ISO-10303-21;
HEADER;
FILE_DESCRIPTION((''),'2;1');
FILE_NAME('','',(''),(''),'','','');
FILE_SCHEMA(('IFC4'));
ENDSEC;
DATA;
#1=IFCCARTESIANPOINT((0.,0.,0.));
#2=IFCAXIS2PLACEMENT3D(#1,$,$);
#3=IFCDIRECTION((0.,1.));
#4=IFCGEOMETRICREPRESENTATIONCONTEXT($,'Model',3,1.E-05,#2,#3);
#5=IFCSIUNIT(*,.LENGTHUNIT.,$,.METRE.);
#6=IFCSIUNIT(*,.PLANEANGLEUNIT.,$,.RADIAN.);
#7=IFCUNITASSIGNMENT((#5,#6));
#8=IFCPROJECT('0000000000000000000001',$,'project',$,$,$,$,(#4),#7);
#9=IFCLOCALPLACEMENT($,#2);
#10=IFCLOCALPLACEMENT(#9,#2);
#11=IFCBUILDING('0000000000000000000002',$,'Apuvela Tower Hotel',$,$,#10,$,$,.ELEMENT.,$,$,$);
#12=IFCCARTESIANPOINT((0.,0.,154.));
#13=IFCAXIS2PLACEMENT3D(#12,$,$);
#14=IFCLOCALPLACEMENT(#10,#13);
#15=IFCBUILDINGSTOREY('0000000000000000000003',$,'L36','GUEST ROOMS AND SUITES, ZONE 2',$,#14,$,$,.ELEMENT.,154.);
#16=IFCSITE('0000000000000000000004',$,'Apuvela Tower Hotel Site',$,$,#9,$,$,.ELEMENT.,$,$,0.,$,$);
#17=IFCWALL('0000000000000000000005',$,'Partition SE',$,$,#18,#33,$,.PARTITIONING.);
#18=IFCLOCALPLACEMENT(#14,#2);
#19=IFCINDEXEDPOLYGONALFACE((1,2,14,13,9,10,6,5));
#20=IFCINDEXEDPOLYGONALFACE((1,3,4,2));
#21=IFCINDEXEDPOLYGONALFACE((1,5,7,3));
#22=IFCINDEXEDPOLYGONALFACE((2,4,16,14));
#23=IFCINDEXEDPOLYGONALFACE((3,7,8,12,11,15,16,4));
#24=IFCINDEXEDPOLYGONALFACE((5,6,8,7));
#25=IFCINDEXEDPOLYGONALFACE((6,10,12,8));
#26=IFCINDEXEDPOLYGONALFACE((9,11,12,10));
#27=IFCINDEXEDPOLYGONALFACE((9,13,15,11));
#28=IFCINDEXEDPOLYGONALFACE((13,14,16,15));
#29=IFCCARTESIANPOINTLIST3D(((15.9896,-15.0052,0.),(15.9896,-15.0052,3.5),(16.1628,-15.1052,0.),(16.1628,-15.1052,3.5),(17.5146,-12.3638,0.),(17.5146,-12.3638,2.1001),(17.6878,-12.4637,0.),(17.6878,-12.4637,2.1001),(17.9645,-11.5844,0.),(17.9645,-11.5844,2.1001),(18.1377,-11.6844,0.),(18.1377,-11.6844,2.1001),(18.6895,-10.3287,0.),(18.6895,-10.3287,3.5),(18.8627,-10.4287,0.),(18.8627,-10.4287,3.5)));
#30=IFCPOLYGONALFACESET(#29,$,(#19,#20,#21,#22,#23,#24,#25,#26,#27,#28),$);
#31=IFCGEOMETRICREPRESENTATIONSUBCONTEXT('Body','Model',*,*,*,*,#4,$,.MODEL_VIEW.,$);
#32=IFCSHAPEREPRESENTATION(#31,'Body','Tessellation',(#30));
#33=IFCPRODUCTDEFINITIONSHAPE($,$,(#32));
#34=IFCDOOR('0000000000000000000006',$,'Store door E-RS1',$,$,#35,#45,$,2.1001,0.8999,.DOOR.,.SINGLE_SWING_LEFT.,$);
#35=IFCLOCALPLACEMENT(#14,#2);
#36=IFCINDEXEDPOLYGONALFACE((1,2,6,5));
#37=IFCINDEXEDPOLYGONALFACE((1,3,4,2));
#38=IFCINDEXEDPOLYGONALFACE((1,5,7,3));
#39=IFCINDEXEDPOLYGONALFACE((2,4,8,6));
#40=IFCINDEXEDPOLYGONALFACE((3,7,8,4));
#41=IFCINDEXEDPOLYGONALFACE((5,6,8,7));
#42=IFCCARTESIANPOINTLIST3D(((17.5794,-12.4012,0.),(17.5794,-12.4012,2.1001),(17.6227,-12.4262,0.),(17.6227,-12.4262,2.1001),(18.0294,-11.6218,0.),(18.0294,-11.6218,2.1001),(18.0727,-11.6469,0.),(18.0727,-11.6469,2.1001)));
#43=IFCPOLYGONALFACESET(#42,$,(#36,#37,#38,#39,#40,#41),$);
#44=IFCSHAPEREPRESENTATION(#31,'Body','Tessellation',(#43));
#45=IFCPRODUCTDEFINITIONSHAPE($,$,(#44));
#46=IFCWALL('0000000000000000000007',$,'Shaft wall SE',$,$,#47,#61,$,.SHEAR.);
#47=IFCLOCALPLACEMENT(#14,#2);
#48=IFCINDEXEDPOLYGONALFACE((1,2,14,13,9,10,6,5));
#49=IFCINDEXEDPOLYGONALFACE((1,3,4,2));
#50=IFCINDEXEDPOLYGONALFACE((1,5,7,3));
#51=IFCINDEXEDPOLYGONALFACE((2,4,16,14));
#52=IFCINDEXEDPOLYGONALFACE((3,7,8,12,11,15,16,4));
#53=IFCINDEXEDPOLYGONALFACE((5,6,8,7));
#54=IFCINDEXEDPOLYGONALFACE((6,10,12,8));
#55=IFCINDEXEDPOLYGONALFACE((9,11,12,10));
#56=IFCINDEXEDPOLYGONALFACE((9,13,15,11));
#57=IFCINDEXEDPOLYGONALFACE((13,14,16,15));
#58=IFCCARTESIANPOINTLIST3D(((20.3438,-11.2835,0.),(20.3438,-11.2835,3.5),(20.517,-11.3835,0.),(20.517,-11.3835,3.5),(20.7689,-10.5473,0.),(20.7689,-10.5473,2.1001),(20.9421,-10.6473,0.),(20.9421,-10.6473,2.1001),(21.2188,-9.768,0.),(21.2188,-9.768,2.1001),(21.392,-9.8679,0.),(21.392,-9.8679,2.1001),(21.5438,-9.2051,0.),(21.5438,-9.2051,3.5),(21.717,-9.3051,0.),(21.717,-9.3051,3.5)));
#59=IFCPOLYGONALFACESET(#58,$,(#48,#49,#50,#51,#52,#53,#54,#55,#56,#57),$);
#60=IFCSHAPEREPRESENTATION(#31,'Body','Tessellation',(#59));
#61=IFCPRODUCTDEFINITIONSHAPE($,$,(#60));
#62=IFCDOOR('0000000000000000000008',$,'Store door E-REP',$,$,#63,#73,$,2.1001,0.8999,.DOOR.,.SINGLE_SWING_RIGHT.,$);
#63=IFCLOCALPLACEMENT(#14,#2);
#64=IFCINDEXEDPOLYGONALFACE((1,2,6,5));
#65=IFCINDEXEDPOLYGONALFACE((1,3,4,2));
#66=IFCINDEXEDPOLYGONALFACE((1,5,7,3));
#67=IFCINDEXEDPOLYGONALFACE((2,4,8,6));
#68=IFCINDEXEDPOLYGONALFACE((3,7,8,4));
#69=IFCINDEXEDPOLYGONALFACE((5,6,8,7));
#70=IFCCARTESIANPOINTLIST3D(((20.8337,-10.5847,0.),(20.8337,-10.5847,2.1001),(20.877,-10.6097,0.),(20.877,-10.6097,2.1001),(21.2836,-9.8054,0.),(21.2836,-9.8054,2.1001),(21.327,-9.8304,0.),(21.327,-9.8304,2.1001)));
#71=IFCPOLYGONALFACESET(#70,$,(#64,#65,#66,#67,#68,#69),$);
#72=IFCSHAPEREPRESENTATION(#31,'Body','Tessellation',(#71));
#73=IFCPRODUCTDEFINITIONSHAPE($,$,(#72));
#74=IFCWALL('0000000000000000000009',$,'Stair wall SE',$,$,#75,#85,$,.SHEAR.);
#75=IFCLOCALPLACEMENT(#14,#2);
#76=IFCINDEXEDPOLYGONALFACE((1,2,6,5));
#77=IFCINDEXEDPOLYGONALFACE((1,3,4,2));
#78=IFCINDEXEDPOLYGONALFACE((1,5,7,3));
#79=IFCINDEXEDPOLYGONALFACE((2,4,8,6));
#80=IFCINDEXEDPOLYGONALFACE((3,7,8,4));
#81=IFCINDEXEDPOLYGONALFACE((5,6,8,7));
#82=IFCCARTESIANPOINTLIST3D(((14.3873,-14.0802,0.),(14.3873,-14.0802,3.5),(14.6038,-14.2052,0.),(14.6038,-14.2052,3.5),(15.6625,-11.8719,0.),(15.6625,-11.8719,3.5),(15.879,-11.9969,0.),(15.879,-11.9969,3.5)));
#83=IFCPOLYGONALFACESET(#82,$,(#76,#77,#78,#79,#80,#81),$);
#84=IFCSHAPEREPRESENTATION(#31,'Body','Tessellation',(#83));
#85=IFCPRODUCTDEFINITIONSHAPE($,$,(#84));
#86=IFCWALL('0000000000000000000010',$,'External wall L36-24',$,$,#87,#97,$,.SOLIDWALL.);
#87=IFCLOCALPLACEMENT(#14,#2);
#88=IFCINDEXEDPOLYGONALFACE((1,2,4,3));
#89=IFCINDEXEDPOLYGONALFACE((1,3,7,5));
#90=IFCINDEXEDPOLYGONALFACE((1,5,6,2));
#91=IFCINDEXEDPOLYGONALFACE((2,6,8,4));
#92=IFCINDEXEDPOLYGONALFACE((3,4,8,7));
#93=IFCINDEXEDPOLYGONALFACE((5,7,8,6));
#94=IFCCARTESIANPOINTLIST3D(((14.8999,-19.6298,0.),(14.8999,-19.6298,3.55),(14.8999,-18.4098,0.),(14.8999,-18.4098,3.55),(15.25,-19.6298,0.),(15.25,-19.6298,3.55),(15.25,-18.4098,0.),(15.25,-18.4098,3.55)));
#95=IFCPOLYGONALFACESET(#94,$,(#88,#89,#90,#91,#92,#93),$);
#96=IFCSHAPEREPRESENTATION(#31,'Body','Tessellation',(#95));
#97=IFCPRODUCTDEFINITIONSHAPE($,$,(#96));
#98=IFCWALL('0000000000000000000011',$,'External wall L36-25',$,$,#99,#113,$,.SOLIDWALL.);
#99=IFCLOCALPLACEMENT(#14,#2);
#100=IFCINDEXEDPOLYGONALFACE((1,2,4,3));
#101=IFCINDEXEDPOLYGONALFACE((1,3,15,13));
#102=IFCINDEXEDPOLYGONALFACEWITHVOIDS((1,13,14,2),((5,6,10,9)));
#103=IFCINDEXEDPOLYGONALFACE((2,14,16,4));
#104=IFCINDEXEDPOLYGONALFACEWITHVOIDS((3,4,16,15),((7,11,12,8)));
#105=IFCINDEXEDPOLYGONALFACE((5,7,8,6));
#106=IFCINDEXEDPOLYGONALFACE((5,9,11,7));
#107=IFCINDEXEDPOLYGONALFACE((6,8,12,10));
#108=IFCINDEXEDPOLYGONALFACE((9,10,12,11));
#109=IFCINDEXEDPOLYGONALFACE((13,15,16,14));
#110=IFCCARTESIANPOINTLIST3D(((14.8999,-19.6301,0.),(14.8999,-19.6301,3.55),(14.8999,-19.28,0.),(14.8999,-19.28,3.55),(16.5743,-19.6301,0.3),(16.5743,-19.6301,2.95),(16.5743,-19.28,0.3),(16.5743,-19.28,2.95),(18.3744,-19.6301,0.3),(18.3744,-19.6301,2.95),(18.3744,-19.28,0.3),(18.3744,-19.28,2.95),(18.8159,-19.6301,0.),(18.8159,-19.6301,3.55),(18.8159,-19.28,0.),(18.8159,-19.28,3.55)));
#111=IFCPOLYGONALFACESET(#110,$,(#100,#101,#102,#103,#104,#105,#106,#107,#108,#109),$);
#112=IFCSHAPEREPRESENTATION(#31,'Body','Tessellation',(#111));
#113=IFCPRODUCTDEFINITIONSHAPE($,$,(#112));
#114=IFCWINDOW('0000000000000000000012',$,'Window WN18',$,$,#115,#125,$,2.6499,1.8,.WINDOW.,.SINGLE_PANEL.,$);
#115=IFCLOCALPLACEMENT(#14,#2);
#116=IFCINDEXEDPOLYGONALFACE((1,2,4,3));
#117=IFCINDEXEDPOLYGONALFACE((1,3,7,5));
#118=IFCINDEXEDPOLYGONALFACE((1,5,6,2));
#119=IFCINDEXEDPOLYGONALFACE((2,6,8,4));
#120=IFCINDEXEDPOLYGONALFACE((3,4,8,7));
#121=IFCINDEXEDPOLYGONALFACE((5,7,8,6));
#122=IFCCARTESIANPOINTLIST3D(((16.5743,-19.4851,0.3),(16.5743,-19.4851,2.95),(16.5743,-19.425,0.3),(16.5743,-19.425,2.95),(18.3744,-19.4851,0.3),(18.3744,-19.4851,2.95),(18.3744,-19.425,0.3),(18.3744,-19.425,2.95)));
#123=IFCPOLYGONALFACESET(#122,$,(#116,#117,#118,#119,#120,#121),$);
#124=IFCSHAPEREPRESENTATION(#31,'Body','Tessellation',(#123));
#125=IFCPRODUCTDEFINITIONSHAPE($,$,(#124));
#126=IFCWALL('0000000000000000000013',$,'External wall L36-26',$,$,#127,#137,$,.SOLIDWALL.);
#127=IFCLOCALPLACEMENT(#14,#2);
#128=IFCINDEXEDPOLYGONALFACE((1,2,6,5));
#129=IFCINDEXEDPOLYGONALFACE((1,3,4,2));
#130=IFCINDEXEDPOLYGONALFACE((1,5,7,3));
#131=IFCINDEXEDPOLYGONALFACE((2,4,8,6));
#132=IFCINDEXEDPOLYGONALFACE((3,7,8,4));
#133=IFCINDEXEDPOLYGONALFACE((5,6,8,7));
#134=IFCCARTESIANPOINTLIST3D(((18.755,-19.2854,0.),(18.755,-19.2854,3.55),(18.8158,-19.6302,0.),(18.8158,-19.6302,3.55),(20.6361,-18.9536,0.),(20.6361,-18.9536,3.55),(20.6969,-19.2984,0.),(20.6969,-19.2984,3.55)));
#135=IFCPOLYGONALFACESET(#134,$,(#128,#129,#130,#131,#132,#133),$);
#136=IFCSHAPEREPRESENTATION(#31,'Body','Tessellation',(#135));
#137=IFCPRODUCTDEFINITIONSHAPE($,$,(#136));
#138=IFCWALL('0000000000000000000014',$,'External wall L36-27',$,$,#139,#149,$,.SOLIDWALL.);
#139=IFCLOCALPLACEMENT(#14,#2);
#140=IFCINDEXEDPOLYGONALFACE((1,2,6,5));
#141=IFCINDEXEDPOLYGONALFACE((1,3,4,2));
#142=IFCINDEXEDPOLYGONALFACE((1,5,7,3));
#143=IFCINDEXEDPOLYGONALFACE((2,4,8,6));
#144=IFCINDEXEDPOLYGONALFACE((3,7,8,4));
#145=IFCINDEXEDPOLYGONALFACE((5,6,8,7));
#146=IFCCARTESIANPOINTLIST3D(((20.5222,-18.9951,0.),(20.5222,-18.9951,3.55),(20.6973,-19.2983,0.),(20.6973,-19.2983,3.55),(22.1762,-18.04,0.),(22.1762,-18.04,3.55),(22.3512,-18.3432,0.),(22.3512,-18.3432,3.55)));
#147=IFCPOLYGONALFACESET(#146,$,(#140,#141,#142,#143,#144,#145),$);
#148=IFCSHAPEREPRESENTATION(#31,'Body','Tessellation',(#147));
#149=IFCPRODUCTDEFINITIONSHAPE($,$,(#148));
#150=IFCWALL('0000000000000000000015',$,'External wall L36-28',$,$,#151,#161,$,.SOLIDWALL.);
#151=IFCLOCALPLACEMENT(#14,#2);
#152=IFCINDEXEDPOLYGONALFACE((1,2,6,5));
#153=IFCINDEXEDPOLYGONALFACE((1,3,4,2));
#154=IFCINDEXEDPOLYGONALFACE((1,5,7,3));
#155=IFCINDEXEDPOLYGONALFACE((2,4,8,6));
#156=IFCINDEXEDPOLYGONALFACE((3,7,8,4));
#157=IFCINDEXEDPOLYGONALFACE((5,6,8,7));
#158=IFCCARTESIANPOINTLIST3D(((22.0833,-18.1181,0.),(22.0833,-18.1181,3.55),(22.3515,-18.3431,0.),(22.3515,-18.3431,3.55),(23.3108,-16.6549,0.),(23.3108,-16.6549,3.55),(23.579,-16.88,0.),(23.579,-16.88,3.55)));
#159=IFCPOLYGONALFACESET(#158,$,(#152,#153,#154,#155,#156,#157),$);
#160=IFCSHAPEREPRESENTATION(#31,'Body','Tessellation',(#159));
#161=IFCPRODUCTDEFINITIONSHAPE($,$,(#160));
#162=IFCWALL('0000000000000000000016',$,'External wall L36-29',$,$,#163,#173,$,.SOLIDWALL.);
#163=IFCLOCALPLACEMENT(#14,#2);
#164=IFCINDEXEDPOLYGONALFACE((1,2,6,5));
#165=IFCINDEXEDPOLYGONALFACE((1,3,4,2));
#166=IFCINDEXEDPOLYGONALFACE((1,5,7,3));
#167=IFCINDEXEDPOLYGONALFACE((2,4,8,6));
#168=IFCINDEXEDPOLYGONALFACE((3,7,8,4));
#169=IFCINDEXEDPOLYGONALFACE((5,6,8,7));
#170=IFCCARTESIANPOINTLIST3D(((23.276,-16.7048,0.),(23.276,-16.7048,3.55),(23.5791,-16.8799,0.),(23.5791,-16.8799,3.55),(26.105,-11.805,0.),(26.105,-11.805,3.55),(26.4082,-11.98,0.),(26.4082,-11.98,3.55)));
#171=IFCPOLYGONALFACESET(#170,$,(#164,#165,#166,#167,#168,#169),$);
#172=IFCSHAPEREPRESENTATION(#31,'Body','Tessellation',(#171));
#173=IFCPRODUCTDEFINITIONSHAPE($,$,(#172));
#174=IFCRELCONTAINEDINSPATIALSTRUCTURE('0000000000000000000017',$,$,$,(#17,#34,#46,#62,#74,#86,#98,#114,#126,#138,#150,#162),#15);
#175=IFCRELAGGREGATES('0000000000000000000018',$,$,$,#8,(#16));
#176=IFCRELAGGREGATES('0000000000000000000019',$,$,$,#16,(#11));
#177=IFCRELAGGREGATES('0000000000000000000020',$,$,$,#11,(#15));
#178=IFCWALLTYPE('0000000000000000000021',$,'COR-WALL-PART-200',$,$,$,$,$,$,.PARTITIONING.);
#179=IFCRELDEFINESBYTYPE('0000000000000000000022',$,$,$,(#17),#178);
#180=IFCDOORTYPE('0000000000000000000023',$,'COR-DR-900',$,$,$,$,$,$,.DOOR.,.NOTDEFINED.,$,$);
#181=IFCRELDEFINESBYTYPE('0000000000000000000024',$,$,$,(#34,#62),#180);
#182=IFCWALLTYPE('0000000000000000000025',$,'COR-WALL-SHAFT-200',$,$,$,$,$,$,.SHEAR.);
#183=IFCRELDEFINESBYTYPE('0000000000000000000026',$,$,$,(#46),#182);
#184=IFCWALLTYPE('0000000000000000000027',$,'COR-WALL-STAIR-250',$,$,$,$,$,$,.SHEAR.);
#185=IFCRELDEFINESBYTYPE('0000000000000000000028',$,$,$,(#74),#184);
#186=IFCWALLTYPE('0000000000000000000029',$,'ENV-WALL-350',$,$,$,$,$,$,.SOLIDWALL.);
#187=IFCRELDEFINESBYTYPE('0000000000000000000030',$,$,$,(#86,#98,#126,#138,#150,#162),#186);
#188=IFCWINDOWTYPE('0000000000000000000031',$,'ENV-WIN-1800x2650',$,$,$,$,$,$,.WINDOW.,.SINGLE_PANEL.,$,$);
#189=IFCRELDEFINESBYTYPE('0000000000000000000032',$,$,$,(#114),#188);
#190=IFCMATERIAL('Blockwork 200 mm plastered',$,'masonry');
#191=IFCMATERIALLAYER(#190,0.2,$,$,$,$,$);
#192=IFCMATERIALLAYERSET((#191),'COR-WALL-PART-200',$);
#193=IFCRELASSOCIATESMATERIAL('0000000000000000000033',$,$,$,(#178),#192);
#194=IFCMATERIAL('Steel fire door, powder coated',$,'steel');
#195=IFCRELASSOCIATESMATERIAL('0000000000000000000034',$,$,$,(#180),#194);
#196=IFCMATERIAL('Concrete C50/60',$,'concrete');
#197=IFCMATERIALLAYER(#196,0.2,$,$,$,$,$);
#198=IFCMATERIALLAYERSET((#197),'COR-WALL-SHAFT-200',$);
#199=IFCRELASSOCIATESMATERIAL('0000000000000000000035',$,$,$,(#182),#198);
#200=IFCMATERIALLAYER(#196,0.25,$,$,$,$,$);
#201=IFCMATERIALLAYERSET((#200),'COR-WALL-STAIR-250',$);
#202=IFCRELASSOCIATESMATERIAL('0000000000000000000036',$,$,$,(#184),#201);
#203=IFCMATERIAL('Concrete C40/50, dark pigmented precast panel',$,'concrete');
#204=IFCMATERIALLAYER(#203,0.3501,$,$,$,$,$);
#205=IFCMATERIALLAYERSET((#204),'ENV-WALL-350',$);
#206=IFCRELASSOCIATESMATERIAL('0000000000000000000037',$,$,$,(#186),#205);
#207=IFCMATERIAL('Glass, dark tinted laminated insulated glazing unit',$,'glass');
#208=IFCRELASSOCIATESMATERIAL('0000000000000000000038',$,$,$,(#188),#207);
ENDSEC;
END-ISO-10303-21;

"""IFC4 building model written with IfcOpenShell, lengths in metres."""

from ifc_helpers import new_model, si_unit, direction, frame, frame_2d, origin, place, context, subcontext, project, spatial, rectangle, extrude, material, layer, layer_set, type_object, element, fill, save


model = new_model("IFC4")

# Units and contexts
model_context = context("Model", 3, precision=1e-05, world=origin(), true_north=direction((0.0, 1.0)))
body_context = subcontext(model_context, "Body", "Model", "MODEL_VIEW")
ifc_project = project(units=[si_unit("LENGTHUNIT", "METRE"), si_unit("PLANEANGLEUNIT", "RADIAN")], contexts=[model_context])

# Site, building, storey
site_placement = place(None, origin())
site = spatial("IfcSite", under=ifc_project, at=site_placement, Name="Apuvela Tower Hotel Site", CompositionType="ELEMENT", RefElevation=0.0)
building_placement = place(site_placement, origin())
building = spatial("IfcBuilding", under=site, at=building_placement, Name="Apuvela Tower Hotel", CompositionType="ELEMENT")
storey_placement = place(building_placement, frame((0.0, 0.0, 154.0)))
storey = spatial("IfcBuildingStorey", under=building, at=storey_placement, Name="L36", Description="GUEST ROOMS AND SUITES, ZONE 2", CompositionType="ELEMENT", Elevation=154.0)

# Walls, openings, doors
ifc_material_1 = material(Name="Blockwork 200 mm plastered", Category="masonry")
ifc_layer_1 = layer(ifc_material_1, 0.2)
ifc_layer_set_1 = layer_set([ifc_layer_1], Name="COR-WALL-PART-200")
wall_type_1 = type_object("IfcWallType", Name="COR-WALL-PART-200", PredefinedType="PARTITIONING", material=ifc_layer_set_1)
wall_1_placement = place(storey_placement, frame((16.0762, -15.0552, 0.0), z_axis=(0.0, 0.0, 1.0), x_axis=(0.499995, 0.866028, 0.0)))
wall_1 = element("IfcWall", 1, at=wall_1_placement, inside=storey, type_object=wall_type_1, Name="Partition SE", PredefinedType="PARTITIONING", context=body_context, shape_type="SweptSolid", body=[
    extrude(rectangle(XDim=5.3999, YDim=0.2, at=frame_2d((2.7, 0.0))), origin(), (0.0, 0.0, 1.0), 3.5),
])
opening_1_placement = place(wall_1_placement, frame((3.05, 0.0, 0.0)))
opening_1 = element("IfcOpeningElement", 2, at=opening_1_placement, cuts=wall_1, PredefinedType="OPENING", context=body_context, shape_type="SweptSolid", body=[
    extrude(rectangle(XDim=0.8999, YDim=2.1001, at=frame_2d((0.45, 1.05))), frame((0.0, 0.1099, 0.0), z_axis=(0.0, -1.0, 0.0), x_axis=(1.0, 0.0, 0.0)), (0.0, 0.0, 1.0), 0.22),
])
ifc_material_2 = material(Name="Steel fire door, powder coated", Category="steel")
door_type_1 = type_object("IfcDoorType", Name="COR-DR-900", OperationType="NOTDEFINED", PredefinedType="DOOR", material=ifc_material_2)
door_1_placement = place(opening_1_placement, frame((0.8999, 0.0, 0.0), z_axis=(0.0, 0.0, 1.0), x_axis=(-1.0, 0.0, 0.0)))
door_1 = element("IfcDoor", 3, at=door_1_placement, inside=storey, type_object=door_type_1, Name="Store door E-RS1", OperationType="SINGLE_SWING_LEFT", OverallHeight=2.1001, OverallWidth=0.8999, PredefinedType="DOOR", context=body_context, shape_type="SweptSolid", body=[
    extrude(rectangle(XDim=0.8999, YDim=2.1001, at=frame_2d((0.45, 1.05))), frame((0.0, 0.0249, 0.0), z_axis=(0.0, -1.0, 0.0), x_axis=(1.0, 0.0, 0.0)), (0.0, 0.0, 1.0), 0.05),
])
fill(opening_1, door_1)
ifc_material_3 = material(Name="Concrete C50/60", Category="concrete")
ifc_layer_2 = layer(ifc_material_3, 0.2)
ifc_layer_set_2 = layer_set([ifc_layer_2], Name="COR-WALL-SHAFT-200")
wall_type_2 = type_object("IfcWallType", Name="COR-WALL-SHAFT-200", PredefinedType="SHEAR", material=ifc_layer_set_2)
wall_2_placement = place(storey_placement, frame((20.4304, -11.3335, 0.0), z_axis=(0.0, 0.0, 1.0), x_axis=(0.500001, 0.866025, 0.0)))
wall_2 = element("IfcWall", 4, at=wall_2_placement, inside=storey, type_object=wall_type_2, Name="Shaft wall SE", PredefinedType="SHEAR", context=body_context, shape_type="SweptSolid", body=[
    extrude(rectangle(XDim=2.3999, YDim=0.2, at=frame_2d((1.2, 0.0))), origin(), (0.0, 0.0, 1.0), 3.5),
])
opening_2_placement = place(wall_2_placement, frame((0.8501, 0.0, 0.0)))
opening_2 = element("IfcOpeningElement", 5, at=opening_2_placement, cuts=wall_2, PredefinedType="OPENING", context=body_context, shape_type="SweptSolid", body=[
    extrude(rectangle(XDim=0.8999, YDim=2.1001, at=frame_2d((0.45, 1.05))), frame((0.0, 0.1099, 0.0), z_axis=(0.0, -1.0, 0.0), x_axis=(1.0, 0.0, 0.0)), (0.0, 0.0, 1.0), 0.22),
])
door_2_placement = place(opening_2_placement, frame((0.8999, 0.0, 0.0), z_axis=(0.0, 0.0, 1.0), x_axis=(-1.0, 0.0, 0.0)))
door_2 = element("IfcDoor", 6, at=door_2_placement, inside=storey, type_object=door_type_1, Name="Store door E-REP", OperationType="SINGLE_SWING_RIGHT", OverallHeight=2.1001, OverallWidth=0.8999, PredefinedType="DOOR", context=body_context, shape_type="SweptSolid", body=[
    extrude(rectangle(XDim=0.8999, YDim=2.1001, at=frame_2d((0.45, 1.05))), frame((0.0, 0.0249, 0.0), z_axis=(0.0, -1.0, 0.0), x_axis=(1.0, 0.0, 0.0)), (0.0, 0.0, 1.0), 0.05),
])
fill(opening_2, door_2)

# Walls
ifc_layer_3 = layer(ifc_material_3, 0.25)
ifc_layer_set_3 = layer_set([ifc_layer_3], Name="COR-WALL-STAIR-250")
wall_type_3 = type_object("IfcWallType", Name="COR-WALL-STAIR-250", PredefinedType="SHEAR", material=ifc_layer_set_3)
wall_3_placement = place(storey_placement, frame((14.4956, -14.1426, 0.0), z_axis=(0.0, 0.0, 1.0), x_axis=(0.500062, 0.865989, 0.0)))
element("IfcWall", 7, at=wall_3_placement, inside=storey, type_object=wall_type_3, Name="Stair wall SE", PredefinedType="SHEAR", context=body_context, shape_type="SweptSolid", body=[
    extrude(rectangle(XDim=2.55, YDim=0.25, at=frame_2d((1.2749, 0.0))), origin(), (0.0, 0.0, 1.0), 3.5),
])
ifc_material_4 = material(Name="Concrete C40/50, dark pigmented precast panel", Category="concrete")
ifc_layer_4 = layer(ifc_material_4, 0.3501)
ifc_layer_set_4 = layer_set([ifc_layer_4], Name="ENV-WALL-350")
wall_type_4 = type_object("IfcWallType", Name="ENV-WALL-350", PredefinedType="SOLIDWALL", material=ifc_layer_set_4)
wall_4_placement = place(storey_placement, frame((15.075, -18.4099, 0.0), z_axis=(0.0, 0.0, 1.0), x_axis=(0.0, -1.0, 0.0)))
element("IfcWall", 8, at=wall_4_placement, inside=storey, type_object=wall_type_4, Name="External wall L36-24", PredefinedType="SOLIDWALL", context=body_context, shape_type="SweptSolid", body=[
    extrude(rectangle(XDim=1.22, YDim=0.3501, at=frame_2d((0.6099, 0.0))), origin(), (0.0, 0.0, 1.0), 3.55),
])

# Wall, opening, window
wall_5_placement = place(storey_placement, frame((14.8999, -19.4551, 0.0), z_axis=(0.0, 0.0, 1.0), x_axis=(1.0, 0.0, 0.0)))
wall_5 = element("IfcWall", 9, at=wall_5_placement, inside=storey, type_object=wall_type_4, Name="External wall L36-25", PredefinedType="SOLIDWALL", context=body_context, shape_type="SweptSolid", body=[
    extrude(rectangle(XDim=3.916, YDim=0.3501, at=frame_2d((1.958, 0.0))), origin(), (0.0, 0.0, 1.0), 3.55),
])
opening_3_placement = place(wall_5_placement, frame((1.6746, 0.0, 0.3)))
opening_3 = element("IfcOpeningElement", 10, at=opening_3_placement, cuts=wall_5, PredefinedType="OPENING", context=body_context, shape_type="SweptSolid", body=[
    extrude(rectangle(XDim=1.8, YDim=2.6499, at=frame_2d((0.8999, 1.325))), frame((0.0, 0.1851, 0.0), z_axis=(0.0, -1.0, 0.0), x_axis=(1.0, 0.0, 0.0)), (0.0, 0.0, 1.0), 0.3701),
])
ifc_material_5 = material(Name="Glass, dark tinted laminated insulated glazing unit", Category="glass")
window_type = type_object("IfcWindowType", Name="ENV-WIN-1800x2650", PartitioningType="SINGLE_PANEL", PredefinedType="WINDOW", material=ifc_material_5)
window_placement = place(opening_3_placement, origin())
window = element("IfcWindow", 11, at=window_placement, inside=storey, type_object=window_type, Name="Window WN18", OverallHeight=2.6499, OverallWidth=1.8, PartitioningType="SINGLE_PANEL", PredefinedType="WINDOW", context=body_context, shape_type="SweptSolid", body=[
    extrude(rectangle(XDim=1.8, YDim=2.6499, at=frame_2d((0.8999, 1.325))), frame((0.0, 0.03, 0.0), z_axis=(0.0, -1.0, 0.0), x_axis=(1.0, 0.0, 0.0)), (0.0, 0.0, 1.0), 0.0601),
])
fill(opening_3, window)

# Walls
wall_6_placement = place(storey_placement, frame((18.7854, -19.4578, 0.0), z_axis=(0.0, 0.0, 1.0), x_axis=(0.984799, 0.173698, 0.0)))
element("IfcWall", 12, at=wall_6_placement, inside=storey, type_object=wall_type_4, Name="External wall L36-26", PredefinedType="SOLIDWALL", context=body_context, shape_type="SweptSolid", body=[
    extrude(rectangle(XDim=1.9102, YDim=0.3501, at=frame_2d((0.9551, 0.0))), origin(), (0.0, 0.0, 1.0), 3.55),
])
for number, where, z_axis, x_axis, name in (
    (13, (20.6096, -19.1467, 0.0), (0.0, 0.0, 1.0), (0.866, 0.500043, 0.0), "External wall L36-27"),
    (14, (22.2173, -18.2307, 0.0), (0.0, 0.0, 1.0), (0.642733, 0.76609, 0.0), "External wall L36-28"),
):
    element("IfcWall", number, at=place(storey_placement, frame(where, z_axis=z_axis, x_axis=x_axis)), inside=storey, type_object=wall_type_4, Name=name, PredefinedType="SOLIDWALL", context=body_context, shape_type="SweptSolid", body=[
        extrude(rectangle(XDim=1.9099, YDim=0.3501, at=frame_2d((0.9551, 0.0))), origin(), (0.0, 0.0, 1.0), 3.55),
    ])
wall_7_placement = place(storey_placement, frame((23.4275, -16.7925, 0.0), z_axis=(0.0, 0.0, 1.0), x_axis=(0.500019, 0.866015, 0.0)))
element("IfcWall", 15, at=wall_7_placement, inside=storey, type_object=wall_type_4, Name="External wall L36-29", PredefinedType="SOLIDWALL", context=body_context, shape_type="SweptSolid", body=[
    extrude(rectangle(XDim=5.658, YDim=0.3501, at=frame_2d((2.8291, 0.0))), origin(), (0.0, 0.0, 1.0), 3.55),
])

save(model, "model.ifc")
